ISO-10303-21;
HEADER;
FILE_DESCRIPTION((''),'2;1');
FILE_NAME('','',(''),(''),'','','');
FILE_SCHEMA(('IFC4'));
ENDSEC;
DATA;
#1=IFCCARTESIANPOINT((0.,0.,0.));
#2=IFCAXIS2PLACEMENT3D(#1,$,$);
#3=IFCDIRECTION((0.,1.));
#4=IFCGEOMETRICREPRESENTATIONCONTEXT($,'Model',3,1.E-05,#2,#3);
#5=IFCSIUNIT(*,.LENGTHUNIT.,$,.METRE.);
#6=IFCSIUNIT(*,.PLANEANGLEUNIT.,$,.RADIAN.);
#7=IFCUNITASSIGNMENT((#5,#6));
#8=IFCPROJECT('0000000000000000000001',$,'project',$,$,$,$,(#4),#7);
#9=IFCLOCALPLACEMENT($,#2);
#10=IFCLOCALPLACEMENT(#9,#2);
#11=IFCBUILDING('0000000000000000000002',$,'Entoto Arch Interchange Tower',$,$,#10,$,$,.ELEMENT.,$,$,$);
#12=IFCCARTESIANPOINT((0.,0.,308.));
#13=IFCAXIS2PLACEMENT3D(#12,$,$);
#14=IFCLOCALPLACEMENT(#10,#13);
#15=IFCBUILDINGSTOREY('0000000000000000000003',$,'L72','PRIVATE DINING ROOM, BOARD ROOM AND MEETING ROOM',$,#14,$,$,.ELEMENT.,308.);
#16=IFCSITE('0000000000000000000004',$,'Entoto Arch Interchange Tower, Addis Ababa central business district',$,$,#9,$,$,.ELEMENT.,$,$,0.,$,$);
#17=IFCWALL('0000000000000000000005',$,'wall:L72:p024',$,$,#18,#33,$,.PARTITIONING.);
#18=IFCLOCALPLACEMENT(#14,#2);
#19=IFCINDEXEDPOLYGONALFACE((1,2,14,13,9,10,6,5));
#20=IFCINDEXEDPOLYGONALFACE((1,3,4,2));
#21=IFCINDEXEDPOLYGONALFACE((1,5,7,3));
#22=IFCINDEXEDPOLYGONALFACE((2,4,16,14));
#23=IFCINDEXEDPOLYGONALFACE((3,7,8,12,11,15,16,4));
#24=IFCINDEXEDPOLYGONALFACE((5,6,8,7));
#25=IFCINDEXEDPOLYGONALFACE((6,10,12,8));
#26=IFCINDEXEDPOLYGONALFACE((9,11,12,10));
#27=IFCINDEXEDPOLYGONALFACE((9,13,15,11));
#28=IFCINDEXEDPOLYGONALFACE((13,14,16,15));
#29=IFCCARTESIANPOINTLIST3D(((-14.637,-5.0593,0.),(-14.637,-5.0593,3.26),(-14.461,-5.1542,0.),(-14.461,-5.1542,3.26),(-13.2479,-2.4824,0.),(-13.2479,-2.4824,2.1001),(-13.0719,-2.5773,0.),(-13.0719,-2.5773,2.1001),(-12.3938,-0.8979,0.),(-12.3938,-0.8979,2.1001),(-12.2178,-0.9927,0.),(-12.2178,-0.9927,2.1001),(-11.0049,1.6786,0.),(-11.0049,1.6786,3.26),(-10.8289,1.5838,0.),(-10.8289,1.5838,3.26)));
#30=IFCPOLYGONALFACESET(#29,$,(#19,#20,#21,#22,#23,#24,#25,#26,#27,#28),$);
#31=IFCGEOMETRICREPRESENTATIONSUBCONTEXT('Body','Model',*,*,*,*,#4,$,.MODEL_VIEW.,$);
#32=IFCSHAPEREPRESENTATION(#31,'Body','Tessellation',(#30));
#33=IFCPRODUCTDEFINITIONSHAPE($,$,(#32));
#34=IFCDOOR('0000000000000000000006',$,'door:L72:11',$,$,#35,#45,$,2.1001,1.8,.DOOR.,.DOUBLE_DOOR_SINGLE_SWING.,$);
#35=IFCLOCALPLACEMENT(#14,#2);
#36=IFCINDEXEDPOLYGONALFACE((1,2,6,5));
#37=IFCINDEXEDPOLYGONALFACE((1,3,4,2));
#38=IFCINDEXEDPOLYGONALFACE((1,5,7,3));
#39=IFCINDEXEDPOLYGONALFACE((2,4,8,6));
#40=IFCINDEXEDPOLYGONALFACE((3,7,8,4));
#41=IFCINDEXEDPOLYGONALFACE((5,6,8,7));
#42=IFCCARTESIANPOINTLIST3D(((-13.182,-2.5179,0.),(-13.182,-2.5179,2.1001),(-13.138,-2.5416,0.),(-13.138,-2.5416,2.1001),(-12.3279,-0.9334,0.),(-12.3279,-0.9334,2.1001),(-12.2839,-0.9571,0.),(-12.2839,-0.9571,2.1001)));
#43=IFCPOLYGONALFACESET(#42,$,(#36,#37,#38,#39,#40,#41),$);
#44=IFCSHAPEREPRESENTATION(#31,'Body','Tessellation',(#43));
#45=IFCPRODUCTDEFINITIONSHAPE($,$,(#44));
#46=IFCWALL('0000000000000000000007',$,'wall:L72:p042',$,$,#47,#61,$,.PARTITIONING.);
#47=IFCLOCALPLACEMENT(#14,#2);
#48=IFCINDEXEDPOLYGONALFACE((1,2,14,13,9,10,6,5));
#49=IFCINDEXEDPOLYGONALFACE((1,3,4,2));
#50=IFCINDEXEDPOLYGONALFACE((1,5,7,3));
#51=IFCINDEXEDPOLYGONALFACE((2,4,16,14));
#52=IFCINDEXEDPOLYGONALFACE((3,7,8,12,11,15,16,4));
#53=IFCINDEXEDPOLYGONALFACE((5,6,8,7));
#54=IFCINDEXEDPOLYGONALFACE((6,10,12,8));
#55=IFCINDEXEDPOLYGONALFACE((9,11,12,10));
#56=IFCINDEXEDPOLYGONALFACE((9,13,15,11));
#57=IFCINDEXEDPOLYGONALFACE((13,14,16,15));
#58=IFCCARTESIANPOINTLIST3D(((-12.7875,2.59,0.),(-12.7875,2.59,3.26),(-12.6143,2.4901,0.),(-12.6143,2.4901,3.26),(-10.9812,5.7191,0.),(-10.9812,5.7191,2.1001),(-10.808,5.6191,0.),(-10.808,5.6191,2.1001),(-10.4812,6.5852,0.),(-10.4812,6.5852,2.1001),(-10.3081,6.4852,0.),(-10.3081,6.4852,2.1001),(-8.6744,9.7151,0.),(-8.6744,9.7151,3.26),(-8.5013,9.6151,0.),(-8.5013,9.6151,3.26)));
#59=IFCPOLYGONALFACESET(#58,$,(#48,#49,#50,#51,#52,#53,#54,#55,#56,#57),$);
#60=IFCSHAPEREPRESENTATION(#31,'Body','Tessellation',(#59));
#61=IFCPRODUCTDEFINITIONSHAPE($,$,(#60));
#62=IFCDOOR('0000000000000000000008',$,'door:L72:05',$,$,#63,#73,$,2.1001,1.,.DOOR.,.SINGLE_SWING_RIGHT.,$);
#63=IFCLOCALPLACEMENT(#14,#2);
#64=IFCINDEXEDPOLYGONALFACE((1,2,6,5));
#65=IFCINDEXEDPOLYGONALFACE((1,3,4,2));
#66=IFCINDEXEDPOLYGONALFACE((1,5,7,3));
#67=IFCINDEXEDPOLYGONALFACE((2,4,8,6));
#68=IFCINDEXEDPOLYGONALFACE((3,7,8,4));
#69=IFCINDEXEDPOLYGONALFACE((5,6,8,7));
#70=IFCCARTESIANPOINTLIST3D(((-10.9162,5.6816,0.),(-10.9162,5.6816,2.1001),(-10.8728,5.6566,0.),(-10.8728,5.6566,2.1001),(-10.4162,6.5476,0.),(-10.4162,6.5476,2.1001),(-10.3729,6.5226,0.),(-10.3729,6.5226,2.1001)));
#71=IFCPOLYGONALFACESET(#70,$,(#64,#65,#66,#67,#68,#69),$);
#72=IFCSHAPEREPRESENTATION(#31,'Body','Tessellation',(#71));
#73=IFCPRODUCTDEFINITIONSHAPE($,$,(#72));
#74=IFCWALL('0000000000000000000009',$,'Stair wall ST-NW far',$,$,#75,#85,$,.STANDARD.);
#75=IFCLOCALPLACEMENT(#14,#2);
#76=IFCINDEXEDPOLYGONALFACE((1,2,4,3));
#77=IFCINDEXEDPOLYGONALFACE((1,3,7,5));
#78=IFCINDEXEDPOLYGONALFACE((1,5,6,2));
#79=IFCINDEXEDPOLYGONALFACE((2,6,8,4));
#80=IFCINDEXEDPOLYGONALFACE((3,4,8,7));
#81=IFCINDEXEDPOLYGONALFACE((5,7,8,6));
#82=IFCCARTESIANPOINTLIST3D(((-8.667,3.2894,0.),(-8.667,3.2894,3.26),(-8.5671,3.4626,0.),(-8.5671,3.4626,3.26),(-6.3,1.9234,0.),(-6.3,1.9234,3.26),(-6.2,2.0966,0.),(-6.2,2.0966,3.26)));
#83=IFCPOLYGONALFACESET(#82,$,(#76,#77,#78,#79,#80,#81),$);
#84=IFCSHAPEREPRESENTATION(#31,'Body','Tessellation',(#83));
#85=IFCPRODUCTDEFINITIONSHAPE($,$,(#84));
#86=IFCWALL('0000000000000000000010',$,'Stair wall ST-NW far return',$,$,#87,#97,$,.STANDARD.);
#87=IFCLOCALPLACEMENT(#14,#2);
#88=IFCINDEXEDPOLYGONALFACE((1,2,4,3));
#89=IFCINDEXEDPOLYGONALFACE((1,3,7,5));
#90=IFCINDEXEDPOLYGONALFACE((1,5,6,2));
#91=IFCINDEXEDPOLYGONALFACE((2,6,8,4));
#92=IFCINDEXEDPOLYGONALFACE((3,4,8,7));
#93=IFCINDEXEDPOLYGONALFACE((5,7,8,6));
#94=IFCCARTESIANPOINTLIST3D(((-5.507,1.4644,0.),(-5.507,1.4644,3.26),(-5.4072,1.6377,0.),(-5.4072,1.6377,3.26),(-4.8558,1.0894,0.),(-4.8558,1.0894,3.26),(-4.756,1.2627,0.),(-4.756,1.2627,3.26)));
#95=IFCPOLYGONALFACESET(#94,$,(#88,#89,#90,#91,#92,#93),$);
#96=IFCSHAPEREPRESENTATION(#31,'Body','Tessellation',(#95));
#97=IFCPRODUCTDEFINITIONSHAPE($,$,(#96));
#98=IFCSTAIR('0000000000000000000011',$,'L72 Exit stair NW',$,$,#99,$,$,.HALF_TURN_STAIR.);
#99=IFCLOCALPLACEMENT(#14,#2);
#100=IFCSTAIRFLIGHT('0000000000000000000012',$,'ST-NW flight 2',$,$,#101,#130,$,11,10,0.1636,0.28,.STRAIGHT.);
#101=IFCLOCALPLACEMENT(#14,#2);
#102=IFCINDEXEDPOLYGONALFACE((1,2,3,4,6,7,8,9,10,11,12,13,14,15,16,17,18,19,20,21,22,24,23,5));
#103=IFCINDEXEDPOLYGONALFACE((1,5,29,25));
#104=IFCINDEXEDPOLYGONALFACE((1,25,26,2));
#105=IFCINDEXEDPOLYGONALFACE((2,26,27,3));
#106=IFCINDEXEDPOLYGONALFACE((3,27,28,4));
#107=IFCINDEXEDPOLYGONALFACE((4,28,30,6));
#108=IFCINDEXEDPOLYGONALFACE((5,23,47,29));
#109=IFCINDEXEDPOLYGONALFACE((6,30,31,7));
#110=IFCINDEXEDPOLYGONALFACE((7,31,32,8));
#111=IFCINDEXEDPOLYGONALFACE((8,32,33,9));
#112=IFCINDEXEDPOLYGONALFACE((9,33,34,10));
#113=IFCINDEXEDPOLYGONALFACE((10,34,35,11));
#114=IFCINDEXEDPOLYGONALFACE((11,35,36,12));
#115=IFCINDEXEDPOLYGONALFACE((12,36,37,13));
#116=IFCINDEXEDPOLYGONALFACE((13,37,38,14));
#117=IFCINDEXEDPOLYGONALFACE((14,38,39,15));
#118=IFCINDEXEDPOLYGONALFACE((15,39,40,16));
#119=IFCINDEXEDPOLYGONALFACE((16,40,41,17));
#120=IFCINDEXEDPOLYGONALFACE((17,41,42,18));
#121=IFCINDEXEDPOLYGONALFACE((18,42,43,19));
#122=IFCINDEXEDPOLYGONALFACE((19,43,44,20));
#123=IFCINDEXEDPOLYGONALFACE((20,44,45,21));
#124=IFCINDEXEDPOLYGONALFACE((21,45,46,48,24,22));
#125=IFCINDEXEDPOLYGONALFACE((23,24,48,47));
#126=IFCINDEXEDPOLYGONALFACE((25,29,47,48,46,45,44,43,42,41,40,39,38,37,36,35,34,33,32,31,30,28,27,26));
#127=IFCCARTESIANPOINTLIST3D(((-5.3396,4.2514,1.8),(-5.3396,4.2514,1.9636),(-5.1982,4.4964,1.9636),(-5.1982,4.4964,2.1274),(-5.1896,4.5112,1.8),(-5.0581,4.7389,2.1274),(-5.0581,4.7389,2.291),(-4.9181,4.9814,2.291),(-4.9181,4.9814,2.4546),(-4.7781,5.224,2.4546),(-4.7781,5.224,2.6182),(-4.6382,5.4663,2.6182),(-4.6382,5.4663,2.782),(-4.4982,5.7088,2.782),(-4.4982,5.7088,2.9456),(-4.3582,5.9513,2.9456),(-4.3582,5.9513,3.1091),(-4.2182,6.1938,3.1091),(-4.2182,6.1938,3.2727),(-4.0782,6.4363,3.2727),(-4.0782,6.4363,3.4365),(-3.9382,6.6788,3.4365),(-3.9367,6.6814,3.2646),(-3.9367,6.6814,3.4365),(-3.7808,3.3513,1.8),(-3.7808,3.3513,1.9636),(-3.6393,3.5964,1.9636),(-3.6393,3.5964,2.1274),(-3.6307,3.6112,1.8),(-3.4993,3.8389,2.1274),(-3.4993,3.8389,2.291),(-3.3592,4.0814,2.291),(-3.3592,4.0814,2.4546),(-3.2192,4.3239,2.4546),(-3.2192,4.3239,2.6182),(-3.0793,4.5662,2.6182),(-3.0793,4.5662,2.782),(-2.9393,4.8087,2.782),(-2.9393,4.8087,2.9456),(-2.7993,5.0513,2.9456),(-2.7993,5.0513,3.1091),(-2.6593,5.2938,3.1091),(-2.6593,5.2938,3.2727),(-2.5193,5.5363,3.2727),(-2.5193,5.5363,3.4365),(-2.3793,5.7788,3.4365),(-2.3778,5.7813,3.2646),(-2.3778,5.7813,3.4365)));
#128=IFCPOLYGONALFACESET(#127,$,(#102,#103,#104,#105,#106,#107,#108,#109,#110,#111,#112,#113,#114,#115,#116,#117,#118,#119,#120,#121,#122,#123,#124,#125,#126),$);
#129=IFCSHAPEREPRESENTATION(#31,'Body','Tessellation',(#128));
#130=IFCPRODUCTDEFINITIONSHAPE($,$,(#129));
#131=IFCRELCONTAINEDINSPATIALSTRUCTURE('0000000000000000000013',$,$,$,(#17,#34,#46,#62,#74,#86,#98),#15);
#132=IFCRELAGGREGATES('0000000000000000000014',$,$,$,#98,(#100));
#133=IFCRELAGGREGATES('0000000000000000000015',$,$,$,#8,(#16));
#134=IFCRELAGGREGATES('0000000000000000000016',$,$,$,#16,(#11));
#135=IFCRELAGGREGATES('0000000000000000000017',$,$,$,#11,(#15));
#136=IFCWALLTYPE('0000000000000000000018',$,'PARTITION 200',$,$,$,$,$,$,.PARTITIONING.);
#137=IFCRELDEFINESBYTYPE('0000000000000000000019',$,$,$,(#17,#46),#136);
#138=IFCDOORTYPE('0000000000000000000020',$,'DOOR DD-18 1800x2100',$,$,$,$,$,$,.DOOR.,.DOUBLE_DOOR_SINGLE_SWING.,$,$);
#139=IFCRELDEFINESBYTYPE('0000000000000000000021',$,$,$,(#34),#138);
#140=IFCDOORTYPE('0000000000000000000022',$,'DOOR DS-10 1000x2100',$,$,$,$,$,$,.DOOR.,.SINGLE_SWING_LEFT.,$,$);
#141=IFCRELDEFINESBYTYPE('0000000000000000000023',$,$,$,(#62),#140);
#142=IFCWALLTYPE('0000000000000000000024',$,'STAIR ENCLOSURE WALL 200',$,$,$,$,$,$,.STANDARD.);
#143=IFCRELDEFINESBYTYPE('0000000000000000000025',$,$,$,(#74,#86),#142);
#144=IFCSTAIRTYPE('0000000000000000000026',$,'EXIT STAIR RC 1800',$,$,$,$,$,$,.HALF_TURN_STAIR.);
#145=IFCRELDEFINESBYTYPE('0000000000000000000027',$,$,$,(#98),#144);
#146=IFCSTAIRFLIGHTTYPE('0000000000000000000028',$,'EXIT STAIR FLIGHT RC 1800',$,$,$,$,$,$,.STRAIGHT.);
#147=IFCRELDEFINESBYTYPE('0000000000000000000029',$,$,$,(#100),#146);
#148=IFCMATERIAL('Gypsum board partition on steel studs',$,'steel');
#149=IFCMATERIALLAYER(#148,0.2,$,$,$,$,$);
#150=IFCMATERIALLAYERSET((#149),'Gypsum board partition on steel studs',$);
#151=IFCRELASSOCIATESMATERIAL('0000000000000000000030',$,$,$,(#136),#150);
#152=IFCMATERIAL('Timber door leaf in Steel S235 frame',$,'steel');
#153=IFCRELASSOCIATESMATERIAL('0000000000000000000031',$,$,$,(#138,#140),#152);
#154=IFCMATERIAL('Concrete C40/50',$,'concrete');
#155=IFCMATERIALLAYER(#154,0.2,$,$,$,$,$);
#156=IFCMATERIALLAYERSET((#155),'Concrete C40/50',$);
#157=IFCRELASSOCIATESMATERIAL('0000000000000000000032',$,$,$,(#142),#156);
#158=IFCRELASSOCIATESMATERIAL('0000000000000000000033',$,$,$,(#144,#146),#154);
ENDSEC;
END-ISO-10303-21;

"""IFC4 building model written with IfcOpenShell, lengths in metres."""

from ifc_helpers import new_model, si_unit, direction, frame, frame_2d, origin, place, context, subcontext, project, spatial, polyline, rectangle, outline, extrude, material, layer, layer_set, type_object, element, fill, aggregate, save


model = new_model("IFC4")

# Units and contexts
model_context = context("Model", 3, precision=1e-05, world=origin(), true_north=direction((0.0, 1.0)))
body_context = subcontext(model_context, "Body", "Model", "MODEL_VIEW")
ifc_project = project(units=[si_unit("LENGTHUNIT", "METRE"), si_unit("PLANEANGLEUNIT", "RADIAN")], contexts=[model_context])

# Site, building, storey
site_placement = place(None, origin())
site = spatial("IfcSite", under=ifc_project, at=site_placement, Name="Entoto Arch Interchange Tower, Addis Ababa central business district", CompositionType="ELEMENT", RefElevation=0.0)
building_placement = place(site_placement, origin())
building = spatial("IfcBuilding", under=site, at=building_placement, Name="Entoto Arch Interchange Tower", CompositionType="ELEMENT")
storey_placement = place(building_placement, frame((0.0, 0.0, 308.0)))
storey = spatial("IfcBuildingStorey", under=building, at=storey_placement, Name="L72", Description="PRIVATE DINING ROOM, BOARD ROOM AND MEETING ROOM", CompositionType="ELEMENT", Elevation=308.0)

# Shared definitions
ifc_material_1 = material(Name="Concrete C40/50", Category="concrete")

# Shared definitions
ifc_material_2 = material(Name="Gypsum board partition on steel studs", Category="steel")
ifc_layer_1 = layer(ifc_material_2, 0.2)
ifc_layer_set_1 = layer_set([ifc_layer_1], Name="Gypsum board partition on steel studs")
wall_type_1 = type_object("IfcWallType", Name="PARTITION 200", PredefinedType="PARTITIONING", material=ifc_layer_set_1)

# Walls, openings, doors
wall_1_placement = place(storey_placement, frame((-10.917, 1.6311, 0.0), z_axis=(0.0, 0.0, 1.0), x_axis=(-0.474495, -0.880258, 0.0)))
wall_1 = element("IfcWall", 1, at=wall_1_placement, inside=storey, type_object=wall_type_1, Name="wall:L72:p024", PredefinedType="PARTITIONING", context=body_context, shape_type="SweptSolid", body=[
    extrude(rectangle(XDim=7.6545, YDim=0.2, at=frame_2d((3.8271, 0.0))), origin(), (0.0, 0.0, 1.0), 3.26),
])
opening_1_placement = place(wall_1_placement, frame((2.927, 0.0, 0.0)))
opening_1 = element("IfcOpeningElement", 2, at=opening_1_placement, cuts=wall_1, PredefinedType="OPENING", context=body_context, shape_type="SweptSolid", body=[
    extrude(rectangle(XDim=1.8, YDim=2.1001, at=frame_2d((0.8999, 1.05))), frame((0.0, 0.1099, 0.0), z_axis=(0.0, -1.0, 0.0), x_axis=(1.0, 0.0, 0.0)), (0.0, 0.0, 1.0), 0.22),
])
ifc_material_3 = material(Name="Timber door leaf in Steel S235 frame", Category="steel")
door_type_1 = type_object("IfcDoorType", Name="DOOR DD-18 1800x2100", OperationType="DOUBLE_DOOR_SINGLE_SWING", PredefinedType="DOOR", material=ifc_material_3)
door_1_placement = place(opening_1_placement, origin())
door_1 = element("IfcDoor", 3, at=door_1_placement, inside=storey, type_object=door_type_1, Name="door:L72:11", OperationType="DOUBLE_DOOR_SINGLE_SWING", OverallHeight=2.1001, OverallWidth=1.8, PredefinedType="DOOR", context=body_context, shape_type="SweptSolid", body=[
    extrude(rectangle(XDim=1.8, YDim=2.1001, at=frame_2d((0.8999, 1.05))), frame((0.0, 0.0249, 0.0), z_axis=(0.0, -1.0, 0.0), x_axis=(1.0, 0.0, 0.0)), (0.0, 0.0, 1.0), 0.05),
])
fill(opening_1, door_1)
wall_2_placement = place(storey_placement, frame((-12.7009, 2.54, 0.0), z_axis=(0.0, 0.0, 1.0), x_axis=(0.499947, 0.866056, 0.0)))
wall_2 = element("IfcWall", 4, at=wall_2_placement, inside=storey, type_object=wall_type_1, Name="wall:L72:p042", PredefinedType="PARTITIONING", context=body_context, shape_type="SweptSolid", body=[
    extrude(rectangle(XDim=8.2271, YDim=0.2, at=frame_2d((4.1135, 0.0))), origin(), (0.0, 0.0, 1.0), 3.26),
])
opening_2_placement = place(wall_2_placement, frame((3.613, 0.0, 0.0)))
opening_2 = element("IfcOpeningElement", 5, at=opening_2_placement, cuts=wall_2, PredefinedType="OPENING", context=body_context, shape_type="SweptSolid", body=[
    extrude(rectangle(XDim=1.0, YDim=2.1001, at=frame_2d((0.5, 1.05))), frame((0.0, 0.1099, 0.0), z_axis=(0.0, -1.0, 0.0), x_axis=(1.0, 0.0, 0.0)), (0.0, 0.0, 1.0), 0.22),
])
door_type_2 = type_object("IfcDoorType", Name="DOOR DS-10 1000x2100", OperationType="SINGLE_SWING_LEFT", PredefinedType="DOOR", material=ifc_material_3)
door_2_placement = place(opening_2_placement, origin())
door_2 = element("IfcDoor", 6, at=door_2_placement, inside=storey, type_object=door_type_2, Name="door:L72:05", OperationType="SINGLE_SWING_RIGHT", OverallHeight=2.1001, OverallWidth=1.0, PredefinedType="DOOR", context=body_context, shape_type="SweptSolid", body=[
    extrude(rectangle(XDim=1.0, YDim=2.1001, at=frame_2d((0.5, 1.05))), frame((0.0, 0.0249, 0.0), z_axis=(0.0, -1.0, 0.0), x_axis=(1.0, 0.0, 0.0)), (0.0, 0.0, 1.0), 0.05),
])
fill(opening_2, door_2)

# Walls
ifc_layer_2 = layer(ifc_material_1, 0.2)
ifc_layer_set_2 = layer_set([ifc_layer_2], Name="Concrete C40/50")
wall_type_2 = type_object("IfcWallType", Name="STAIR ENCLOSURE WALL 200", PredefinedType="STANDARD", material=ifc_layer_set_2)
wall_3_placement = place(storey_placement, frame((-6.25, 2.01, 0.0), z_axis=(0.0, 0.0, 1.0), x_axis=(-0.866119, 0.499838, 0.0)))
element("IfcWall", 7, at=wall_3_placement, inside=storey, type_object=wall_type_2, Name="Stair wall ST-NW far", PredefinedType="STANDARD", context=body_context, shape_type="SweptSolid", body=[
    extrude(rectangle(XDim=2.7329, YDim=0.2, at=frame_2d((1.3665, 0.0))), origin(), (0.0, 0.0, 1.0), 3.26),
])
wall_4_placement = place(storey_placement, frame((-4.8059, 1.176, 0.0), z_axis=(0.0, 0.0, 1.0), x_axis=(-0.866559, 0.499075, 0.0)))
element("IfcWall", 8, at=wall_4_placement, inside=storey, type_object=wall_type_2, Name="Stair wall ST-NW far return", PredefinedType="STANDARD", context=body_context, shape_type="SweptSolid", body=[
    extrude(rectangle(XDim=0.7515, YDim=0.2, at=frame_2d((0.3757, 0.0))), origin(), (0.0, 0.0, 1.0), 3.26),
])

# Stair, stair flight
stair_type = type_object("IfcStairType", Name="EXIT STAIR RC 1800", PredefinedType="HALF_TURN_STAIR", material=ifc_material_1)
stair_placement = place(storey_placement, origin())
stair = element("IfcStair", 9, at=stair_placement, inside=storey, type_object=stair_type, Name="L72 Exit stair NW", PredefinedType="HALF_TURN_STAIR")
stair_flight_type = type_object("IfcStairFlightType", Name="EXIT STAIR FLIGHT RC 1800", PredefinedType="STRAIGHT", material=ifc_material_1)
stair_flight_placement = place(storey_placement, frame((-4.5588, 3.804, 1.8), z_axis=(0.0, 0.0, 1.0), x_axis=(0.5, 0.866025, 0.0)))
stair_flight = element("IfcStairFlight", 10, at=stair_flight_placement, type_object=stair_flight_type, Name="ST-NW flight 2", NumberOfRisers=11, NumberOfTreads=10, PredefinedType="STRAIGHT", RiserHeight=0.1636, TreadLength=0.28, context=body_context, shape_type="SweptSolid", body=[
    extrude(outline(polyline([(-0.0029, 0.0), (-0.0029, 0.1636), (0.28, 0.1636), (0.28, 0.3274), (0.5601, 0.3274), (0.5601, 0.491), (0.8401, 0.491), (0.8401, 0.6545), (1.1201, 0.6545), (1.1201, 0.8181), (1.3999, 0.8181), (1.3999, 0.9819), (1.6799, 0.9819), (1.6799, 1.1455), (1.96, 1.1455), (1.96, 1.3091), (2.24, 1.3091), (2.24, 1.4727), (2.52, 1.4727), (2.52, 1.6365), (2.8, 1.6365), (2.803, 1.6365), (2.803, 1.4646), (0.2971, 0.0), (-0.0029, 0.0)])), frame((0.0, 0.8999, 0.0), z_axis=(0.0, -1.0, 0.0), x_axis=(1.0, 0.0, 0.0)), (0.0, 0.0, 1.0), 1.8),
])
aggregate(stair, [stair_flight])

save(model, "model.ifc")
